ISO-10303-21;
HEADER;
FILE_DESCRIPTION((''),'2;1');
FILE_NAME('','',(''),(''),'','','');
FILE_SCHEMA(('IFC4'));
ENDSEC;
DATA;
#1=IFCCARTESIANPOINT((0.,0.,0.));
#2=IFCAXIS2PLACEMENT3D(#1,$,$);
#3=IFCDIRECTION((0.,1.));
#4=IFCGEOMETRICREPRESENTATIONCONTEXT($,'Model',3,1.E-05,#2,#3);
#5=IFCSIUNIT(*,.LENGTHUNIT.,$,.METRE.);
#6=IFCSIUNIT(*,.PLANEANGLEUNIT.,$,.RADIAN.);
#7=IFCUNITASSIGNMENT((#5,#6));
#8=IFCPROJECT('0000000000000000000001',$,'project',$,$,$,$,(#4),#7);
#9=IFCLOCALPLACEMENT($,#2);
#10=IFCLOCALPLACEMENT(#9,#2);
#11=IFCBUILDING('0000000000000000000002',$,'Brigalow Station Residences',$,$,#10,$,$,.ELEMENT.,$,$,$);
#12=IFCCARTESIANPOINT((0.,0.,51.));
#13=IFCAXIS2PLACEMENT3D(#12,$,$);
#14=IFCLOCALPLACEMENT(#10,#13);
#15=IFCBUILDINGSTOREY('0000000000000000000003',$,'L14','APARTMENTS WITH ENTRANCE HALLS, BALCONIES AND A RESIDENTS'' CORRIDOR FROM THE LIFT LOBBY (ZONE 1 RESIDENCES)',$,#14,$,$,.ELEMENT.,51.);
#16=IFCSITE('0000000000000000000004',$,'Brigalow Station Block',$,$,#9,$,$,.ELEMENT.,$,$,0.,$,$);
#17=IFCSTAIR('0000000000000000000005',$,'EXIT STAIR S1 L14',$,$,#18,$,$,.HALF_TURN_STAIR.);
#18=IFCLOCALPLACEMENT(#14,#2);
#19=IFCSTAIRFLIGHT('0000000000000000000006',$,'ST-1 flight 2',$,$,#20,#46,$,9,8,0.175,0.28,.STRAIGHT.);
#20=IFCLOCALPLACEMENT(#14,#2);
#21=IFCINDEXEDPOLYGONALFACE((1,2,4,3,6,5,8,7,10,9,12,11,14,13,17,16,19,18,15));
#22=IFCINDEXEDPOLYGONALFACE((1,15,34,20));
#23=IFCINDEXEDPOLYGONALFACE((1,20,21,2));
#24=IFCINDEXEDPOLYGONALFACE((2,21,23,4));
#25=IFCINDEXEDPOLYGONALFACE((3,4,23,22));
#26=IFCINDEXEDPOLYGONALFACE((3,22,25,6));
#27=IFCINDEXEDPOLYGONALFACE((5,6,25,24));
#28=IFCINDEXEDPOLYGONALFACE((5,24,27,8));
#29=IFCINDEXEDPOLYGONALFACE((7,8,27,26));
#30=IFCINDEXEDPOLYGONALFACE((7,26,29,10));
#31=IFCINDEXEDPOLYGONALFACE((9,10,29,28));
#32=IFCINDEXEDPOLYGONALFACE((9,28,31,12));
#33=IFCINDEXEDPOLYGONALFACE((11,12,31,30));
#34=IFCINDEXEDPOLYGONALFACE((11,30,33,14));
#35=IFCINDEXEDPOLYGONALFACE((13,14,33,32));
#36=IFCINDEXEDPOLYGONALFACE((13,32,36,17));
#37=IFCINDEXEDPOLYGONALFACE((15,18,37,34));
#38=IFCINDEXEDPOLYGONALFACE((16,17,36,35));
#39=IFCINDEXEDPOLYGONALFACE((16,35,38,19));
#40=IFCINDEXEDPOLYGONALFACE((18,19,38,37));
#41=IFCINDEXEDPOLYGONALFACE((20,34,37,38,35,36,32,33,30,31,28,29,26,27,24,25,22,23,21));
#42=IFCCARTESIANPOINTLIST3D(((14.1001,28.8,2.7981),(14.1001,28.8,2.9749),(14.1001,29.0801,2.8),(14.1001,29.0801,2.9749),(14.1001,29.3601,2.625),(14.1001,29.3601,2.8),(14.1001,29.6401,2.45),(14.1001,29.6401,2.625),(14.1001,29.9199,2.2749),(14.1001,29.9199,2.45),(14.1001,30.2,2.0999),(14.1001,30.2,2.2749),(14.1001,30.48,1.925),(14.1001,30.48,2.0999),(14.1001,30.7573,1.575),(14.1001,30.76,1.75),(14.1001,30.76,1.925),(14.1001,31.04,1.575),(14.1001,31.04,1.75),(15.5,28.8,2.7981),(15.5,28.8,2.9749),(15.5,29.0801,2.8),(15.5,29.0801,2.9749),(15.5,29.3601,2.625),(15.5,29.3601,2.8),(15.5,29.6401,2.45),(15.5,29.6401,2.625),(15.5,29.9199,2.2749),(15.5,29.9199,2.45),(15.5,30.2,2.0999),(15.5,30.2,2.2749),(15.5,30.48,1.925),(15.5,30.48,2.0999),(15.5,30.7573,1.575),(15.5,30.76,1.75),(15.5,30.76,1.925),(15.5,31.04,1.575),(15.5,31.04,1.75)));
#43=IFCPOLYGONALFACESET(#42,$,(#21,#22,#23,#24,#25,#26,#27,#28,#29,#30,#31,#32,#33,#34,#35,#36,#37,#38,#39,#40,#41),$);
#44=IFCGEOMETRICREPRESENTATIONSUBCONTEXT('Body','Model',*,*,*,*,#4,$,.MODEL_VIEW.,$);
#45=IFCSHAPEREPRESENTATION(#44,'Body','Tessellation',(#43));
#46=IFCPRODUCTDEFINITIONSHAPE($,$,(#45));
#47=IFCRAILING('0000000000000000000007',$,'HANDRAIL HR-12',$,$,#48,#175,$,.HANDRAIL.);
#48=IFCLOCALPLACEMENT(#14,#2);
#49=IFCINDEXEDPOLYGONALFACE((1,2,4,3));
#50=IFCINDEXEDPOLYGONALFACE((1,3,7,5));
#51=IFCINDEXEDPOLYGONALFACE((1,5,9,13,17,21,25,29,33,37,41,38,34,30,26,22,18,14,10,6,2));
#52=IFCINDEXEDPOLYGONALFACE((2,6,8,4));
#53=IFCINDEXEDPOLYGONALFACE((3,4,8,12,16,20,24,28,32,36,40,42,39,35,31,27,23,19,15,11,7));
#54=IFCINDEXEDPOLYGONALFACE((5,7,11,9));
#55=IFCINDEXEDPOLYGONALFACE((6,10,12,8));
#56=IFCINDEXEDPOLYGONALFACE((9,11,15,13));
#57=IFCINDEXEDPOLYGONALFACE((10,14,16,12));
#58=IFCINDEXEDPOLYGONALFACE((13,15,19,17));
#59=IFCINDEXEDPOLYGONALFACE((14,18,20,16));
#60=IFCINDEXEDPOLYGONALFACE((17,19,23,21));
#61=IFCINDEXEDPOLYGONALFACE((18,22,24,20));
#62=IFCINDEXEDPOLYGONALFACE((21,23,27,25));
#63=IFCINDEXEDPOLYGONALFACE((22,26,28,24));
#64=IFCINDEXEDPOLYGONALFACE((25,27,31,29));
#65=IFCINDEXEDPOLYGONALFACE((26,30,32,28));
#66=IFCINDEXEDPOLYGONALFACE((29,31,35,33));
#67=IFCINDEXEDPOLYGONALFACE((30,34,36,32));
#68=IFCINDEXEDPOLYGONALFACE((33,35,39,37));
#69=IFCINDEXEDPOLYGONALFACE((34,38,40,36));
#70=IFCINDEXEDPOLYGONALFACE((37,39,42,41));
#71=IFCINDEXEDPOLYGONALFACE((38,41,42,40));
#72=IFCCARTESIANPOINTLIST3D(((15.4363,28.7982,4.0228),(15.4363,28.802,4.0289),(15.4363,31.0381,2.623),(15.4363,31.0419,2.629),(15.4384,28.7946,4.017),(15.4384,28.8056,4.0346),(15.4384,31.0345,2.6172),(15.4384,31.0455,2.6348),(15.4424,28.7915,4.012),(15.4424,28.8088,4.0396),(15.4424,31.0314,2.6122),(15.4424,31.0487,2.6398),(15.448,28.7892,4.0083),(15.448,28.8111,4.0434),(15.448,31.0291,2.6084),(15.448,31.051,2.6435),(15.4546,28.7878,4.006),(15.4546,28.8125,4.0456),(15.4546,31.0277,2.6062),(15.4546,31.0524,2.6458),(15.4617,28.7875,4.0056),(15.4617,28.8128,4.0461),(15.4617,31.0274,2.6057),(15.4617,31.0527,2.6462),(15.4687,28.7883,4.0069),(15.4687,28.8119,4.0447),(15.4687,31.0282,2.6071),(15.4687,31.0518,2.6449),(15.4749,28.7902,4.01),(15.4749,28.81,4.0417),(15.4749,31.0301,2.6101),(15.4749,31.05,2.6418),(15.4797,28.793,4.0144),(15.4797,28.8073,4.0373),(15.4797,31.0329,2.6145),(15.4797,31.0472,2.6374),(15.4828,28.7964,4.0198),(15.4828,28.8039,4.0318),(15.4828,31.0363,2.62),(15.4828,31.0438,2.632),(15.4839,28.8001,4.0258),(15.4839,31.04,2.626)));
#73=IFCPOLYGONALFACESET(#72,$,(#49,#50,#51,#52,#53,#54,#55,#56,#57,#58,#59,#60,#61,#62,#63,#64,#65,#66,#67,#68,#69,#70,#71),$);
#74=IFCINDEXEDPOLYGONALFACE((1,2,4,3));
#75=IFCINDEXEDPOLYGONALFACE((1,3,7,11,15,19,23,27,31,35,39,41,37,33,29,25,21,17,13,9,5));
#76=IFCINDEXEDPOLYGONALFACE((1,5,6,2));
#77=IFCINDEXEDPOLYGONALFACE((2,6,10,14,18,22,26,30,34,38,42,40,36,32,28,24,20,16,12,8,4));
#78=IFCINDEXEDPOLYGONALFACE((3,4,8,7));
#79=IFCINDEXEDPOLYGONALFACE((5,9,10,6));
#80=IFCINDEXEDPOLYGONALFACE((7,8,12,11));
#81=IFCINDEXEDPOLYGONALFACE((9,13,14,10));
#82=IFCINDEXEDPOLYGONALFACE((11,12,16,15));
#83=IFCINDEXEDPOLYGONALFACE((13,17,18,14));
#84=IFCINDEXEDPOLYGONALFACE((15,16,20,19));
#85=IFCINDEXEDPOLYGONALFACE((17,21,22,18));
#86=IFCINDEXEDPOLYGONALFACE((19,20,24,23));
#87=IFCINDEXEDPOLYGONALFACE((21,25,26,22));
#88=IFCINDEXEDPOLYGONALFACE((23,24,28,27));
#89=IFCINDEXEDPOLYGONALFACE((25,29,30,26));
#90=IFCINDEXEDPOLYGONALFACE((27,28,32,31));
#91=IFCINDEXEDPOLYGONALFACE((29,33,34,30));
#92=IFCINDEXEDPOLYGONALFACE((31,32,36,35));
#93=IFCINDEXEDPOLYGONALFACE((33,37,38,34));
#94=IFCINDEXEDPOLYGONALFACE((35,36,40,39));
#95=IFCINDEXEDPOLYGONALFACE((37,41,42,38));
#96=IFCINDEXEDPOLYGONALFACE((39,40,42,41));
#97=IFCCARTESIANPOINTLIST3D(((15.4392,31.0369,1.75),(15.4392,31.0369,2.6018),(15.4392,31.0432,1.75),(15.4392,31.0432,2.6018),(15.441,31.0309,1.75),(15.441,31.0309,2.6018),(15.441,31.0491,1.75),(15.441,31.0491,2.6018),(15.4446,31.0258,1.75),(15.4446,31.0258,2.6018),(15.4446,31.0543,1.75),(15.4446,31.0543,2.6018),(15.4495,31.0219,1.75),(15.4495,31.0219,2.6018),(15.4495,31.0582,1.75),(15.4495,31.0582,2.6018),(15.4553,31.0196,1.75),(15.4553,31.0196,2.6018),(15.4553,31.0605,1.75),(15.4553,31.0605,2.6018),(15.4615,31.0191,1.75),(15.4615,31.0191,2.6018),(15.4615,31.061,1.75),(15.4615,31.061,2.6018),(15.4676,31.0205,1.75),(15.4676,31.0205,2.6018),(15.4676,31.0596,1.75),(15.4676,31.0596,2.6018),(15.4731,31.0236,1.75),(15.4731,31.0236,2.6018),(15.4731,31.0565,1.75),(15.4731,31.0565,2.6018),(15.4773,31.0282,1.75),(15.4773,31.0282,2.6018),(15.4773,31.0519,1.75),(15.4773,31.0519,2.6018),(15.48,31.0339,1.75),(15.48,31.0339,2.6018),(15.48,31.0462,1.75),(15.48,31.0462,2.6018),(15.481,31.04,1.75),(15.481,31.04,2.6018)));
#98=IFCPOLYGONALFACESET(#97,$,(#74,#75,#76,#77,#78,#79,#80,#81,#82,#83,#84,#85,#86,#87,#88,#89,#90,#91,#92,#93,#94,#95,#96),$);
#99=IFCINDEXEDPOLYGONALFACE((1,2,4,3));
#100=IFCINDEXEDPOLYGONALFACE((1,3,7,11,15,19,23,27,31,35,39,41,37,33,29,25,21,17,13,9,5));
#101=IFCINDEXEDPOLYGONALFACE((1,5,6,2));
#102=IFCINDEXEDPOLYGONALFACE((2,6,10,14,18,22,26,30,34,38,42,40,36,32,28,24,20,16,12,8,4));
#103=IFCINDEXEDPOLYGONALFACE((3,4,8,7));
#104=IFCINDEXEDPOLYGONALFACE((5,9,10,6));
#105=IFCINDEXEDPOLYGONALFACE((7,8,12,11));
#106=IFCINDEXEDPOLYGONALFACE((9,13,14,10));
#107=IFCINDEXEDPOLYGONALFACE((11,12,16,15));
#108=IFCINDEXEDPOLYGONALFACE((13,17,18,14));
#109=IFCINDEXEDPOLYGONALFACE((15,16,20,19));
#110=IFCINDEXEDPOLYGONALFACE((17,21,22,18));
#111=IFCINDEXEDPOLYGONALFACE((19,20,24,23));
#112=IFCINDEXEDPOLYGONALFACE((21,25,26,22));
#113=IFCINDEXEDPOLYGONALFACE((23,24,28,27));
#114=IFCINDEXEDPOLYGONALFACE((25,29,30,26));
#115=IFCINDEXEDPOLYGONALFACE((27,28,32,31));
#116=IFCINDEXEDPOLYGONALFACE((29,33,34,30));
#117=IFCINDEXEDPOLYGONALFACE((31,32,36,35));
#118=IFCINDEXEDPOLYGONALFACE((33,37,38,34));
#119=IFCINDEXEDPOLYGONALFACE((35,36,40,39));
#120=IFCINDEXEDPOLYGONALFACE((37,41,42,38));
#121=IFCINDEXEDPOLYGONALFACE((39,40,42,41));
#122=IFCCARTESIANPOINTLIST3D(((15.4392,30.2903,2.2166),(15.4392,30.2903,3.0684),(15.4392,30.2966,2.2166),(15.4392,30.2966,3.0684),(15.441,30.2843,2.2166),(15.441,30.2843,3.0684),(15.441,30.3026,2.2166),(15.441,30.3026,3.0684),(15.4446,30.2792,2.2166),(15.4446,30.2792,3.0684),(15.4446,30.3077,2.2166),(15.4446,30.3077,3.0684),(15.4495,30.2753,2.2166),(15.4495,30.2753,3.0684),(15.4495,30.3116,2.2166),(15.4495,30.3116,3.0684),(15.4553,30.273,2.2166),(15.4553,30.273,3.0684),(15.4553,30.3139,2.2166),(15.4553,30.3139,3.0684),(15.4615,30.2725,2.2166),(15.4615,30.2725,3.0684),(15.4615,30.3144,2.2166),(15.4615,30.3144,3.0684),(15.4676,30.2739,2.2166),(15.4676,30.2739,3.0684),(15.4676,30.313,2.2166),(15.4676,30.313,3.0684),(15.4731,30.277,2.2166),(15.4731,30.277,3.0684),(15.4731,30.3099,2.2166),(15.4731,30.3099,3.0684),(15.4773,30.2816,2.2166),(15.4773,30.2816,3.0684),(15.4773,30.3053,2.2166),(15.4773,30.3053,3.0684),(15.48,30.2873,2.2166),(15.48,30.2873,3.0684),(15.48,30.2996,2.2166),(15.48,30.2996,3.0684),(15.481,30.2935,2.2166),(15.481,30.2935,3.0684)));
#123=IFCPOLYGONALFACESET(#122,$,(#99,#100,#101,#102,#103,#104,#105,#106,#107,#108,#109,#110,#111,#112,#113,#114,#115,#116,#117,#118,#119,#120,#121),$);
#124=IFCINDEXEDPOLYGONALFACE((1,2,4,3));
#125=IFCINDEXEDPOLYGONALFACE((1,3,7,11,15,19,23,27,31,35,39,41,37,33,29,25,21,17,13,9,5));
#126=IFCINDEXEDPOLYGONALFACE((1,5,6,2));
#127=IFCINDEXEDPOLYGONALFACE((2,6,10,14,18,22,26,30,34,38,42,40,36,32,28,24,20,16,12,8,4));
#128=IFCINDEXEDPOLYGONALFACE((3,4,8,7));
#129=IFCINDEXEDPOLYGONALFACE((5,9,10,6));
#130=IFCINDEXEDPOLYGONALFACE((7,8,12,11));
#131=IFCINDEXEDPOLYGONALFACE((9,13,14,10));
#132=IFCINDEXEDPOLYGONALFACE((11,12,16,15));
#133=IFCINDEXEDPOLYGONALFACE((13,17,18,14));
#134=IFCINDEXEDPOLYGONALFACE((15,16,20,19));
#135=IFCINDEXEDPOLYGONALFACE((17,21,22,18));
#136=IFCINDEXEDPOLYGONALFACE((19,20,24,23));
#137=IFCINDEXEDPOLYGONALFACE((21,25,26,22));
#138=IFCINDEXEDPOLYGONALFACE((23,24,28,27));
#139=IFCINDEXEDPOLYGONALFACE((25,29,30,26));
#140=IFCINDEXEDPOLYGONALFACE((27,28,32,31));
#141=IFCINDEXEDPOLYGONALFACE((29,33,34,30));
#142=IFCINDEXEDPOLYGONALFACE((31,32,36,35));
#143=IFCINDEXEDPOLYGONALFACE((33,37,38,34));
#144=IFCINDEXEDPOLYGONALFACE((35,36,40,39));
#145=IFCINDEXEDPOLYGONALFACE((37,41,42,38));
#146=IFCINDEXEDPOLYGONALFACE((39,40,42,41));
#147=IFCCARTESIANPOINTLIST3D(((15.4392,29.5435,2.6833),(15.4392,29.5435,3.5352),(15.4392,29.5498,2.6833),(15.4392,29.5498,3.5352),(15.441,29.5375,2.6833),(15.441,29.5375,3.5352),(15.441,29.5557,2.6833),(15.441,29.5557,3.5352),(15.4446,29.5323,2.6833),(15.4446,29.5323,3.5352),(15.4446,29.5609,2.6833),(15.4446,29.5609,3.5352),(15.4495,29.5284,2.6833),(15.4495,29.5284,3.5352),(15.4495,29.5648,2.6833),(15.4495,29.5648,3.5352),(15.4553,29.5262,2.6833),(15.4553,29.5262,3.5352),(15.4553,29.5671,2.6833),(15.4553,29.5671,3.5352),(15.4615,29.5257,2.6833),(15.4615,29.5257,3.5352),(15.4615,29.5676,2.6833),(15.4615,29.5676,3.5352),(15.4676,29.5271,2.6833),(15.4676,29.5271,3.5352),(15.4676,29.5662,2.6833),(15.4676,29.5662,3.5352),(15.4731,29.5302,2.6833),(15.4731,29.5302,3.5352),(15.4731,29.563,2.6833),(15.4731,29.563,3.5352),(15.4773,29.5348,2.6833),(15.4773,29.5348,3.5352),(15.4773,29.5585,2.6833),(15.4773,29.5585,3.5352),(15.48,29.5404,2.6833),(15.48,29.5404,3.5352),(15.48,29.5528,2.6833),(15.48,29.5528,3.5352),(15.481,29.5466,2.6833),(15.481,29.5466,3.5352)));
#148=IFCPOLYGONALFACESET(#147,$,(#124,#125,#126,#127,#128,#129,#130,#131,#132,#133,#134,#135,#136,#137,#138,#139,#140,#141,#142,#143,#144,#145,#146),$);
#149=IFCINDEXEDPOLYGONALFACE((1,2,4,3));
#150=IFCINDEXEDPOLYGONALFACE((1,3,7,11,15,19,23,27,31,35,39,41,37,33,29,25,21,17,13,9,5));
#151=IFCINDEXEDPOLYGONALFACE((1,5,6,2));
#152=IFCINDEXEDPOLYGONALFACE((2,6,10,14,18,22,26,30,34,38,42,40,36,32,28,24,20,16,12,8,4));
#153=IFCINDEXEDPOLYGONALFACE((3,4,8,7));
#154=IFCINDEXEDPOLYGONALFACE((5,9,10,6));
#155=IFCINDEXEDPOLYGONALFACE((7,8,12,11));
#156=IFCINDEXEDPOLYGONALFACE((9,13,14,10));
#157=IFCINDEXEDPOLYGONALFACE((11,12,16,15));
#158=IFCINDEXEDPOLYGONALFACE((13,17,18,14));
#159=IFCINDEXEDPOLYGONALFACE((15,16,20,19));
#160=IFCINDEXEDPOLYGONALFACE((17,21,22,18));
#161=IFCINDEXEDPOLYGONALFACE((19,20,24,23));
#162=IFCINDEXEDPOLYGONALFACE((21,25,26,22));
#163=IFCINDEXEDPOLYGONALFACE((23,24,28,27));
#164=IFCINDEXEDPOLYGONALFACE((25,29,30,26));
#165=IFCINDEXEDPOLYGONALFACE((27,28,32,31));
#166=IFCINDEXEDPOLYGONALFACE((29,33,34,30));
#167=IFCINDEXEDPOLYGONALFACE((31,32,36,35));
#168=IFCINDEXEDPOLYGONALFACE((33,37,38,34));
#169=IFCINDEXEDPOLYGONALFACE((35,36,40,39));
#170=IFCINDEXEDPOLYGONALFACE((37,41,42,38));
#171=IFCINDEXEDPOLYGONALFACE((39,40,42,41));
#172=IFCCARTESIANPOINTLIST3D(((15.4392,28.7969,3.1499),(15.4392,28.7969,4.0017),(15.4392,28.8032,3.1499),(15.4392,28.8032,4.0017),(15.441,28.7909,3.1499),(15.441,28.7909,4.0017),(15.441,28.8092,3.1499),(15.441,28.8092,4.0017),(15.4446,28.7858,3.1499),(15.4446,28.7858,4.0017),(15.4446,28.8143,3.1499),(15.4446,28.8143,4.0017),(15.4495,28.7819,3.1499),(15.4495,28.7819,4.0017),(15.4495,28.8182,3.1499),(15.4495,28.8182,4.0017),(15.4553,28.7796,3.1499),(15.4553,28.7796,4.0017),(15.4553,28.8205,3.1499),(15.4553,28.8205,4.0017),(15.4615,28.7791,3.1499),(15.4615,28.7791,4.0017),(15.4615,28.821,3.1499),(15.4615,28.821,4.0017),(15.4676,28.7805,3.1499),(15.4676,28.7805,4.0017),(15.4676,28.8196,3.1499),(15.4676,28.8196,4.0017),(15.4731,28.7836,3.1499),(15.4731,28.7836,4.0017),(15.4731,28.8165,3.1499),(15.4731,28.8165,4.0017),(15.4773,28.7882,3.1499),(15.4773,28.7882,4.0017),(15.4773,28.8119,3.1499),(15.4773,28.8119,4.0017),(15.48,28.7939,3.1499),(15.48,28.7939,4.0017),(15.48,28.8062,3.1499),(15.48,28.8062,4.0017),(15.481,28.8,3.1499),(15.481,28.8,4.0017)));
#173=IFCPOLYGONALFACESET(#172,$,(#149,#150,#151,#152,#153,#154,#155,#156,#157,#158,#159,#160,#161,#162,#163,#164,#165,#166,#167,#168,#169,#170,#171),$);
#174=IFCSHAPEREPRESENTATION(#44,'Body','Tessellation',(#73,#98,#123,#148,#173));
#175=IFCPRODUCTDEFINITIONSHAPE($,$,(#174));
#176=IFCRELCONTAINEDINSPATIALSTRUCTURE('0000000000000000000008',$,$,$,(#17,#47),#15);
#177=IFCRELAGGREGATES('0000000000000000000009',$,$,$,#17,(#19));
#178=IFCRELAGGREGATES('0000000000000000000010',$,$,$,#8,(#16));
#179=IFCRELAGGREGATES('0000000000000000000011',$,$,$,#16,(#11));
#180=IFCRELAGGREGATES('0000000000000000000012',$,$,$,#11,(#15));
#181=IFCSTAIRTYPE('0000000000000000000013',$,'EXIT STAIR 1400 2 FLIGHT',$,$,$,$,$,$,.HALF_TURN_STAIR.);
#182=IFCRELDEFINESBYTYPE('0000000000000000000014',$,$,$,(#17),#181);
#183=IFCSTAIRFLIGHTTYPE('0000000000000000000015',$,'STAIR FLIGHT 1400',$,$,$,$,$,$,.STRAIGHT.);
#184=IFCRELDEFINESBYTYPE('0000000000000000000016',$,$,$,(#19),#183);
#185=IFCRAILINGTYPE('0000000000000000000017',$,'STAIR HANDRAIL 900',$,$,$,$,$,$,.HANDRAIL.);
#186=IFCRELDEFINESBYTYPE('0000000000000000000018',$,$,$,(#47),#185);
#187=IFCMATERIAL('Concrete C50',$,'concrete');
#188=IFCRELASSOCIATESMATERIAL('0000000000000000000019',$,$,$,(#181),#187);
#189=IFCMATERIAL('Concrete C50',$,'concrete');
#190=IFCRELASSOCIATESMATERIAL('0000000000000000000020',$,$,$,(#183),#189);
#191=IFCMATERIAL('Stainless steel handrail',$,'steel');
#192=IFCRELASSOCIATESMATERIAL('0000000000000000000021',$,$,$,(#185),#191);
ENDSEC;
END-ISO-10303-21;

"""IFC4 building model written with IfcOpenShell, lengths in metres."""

from ifc_helpers import new_model, si_unit, direction, frame, origin, origin_2d, place, context, subcontext, project, spatial, polyline, circle, outline, extrude, material, type_object, element, aggregate, save


model = new_model("IFC4")

# Units and contexts
model_context = context("Model", 3, precision=1e-05, world=origin(), true_north=direction((0.0, 1.0)))
body_context = subcontext(model_context, "Body", "Model", "MODEL_VIEW")
ifc_project = project(units=[si_unit("LENGTHUNIT", "METRE"), si_unit("PLANEANGLEUNIT", "RADIAN")], contexts=[model_context])

# Site, building, storey
site_placement = place(None, origin())
site = spatial("IfcSite", under=ifc_project, at=site_placement, Name="Brigalow Station Block", CompositionType="ELEMENT", RefElevation=0.0)
building_placement = place(site_placement, origin())
building = spatial("IfcBuilding", under=site, at=building_placement, Name="Brigalow Station Residences", CompositionType="ELEMENT")
storey_placement = place(building_placement, frame((0.0, 0.0, 51.0)))
storey = spatial("IfcBuildingStorey", under=building, at=storey_placement, Name="L14", Description="APARTMENTS WITH ENTRANCE HALLS, BALCONIES AND A RESIDENTS' CORRIDOR FROM THE LIFT LOBBY (ZONE 1 RESIDENCES)", CompositionType="ELEMENT", Elevation=51.0)

# Stair, stair flight
ifc_material_1 = material(Name="Concrete C50", Category="concrete")
stair_type = type_object("IfcStairType", Name="EXIT STAIR 1400 2 FLIGHT", PredefinedType="HALF_TURN_STAIR", material=ifc_material_1)
stair_placement = place(storey_placement, origin())
stair = element("IfcStair", 1, at=stair_placement, inside=storey, type_object=stair_type, Name="EXIT STAIR S1 L14", PredefinedType="HALF_TURN_STAIR")
ifc_material_2 = material(Name="Concrete C50", Category="concrete")
stair_flight_type = type_object("IfcStairFlightType", Name="STAIR FLIGHT 1400", PredefinedType="STRAIGHT", material=ifc_material_2)
stair_flight_placement = place(storey_placement, frame((14.8, 31.04, 1.575), z_axis=(0.0, 0.0, 1.0), x_axis=(0.0, -1.0, 0.0)))
stair_flight = element("IfcStairFlight", 2, at=stair_flight_placement, type_object=stair_flight_type, Name="ST-1 flight 2", NumberOfRisers=9, NumberOfTreads=8, PredefinedType="STRAIGHT", RiserHeight=0.175, TreadLength=0.28, context=body_context, shape_type="SweptSolid", body=[
    extrude(outline(polyline([(0.0, 0.0), (0.0, 0.175), (0.28, 0.175), (0.28, 0.3501), (0.5601, 0.3501), (0.5601, 0.5249), (0.8401, 0.5249), (0.8401, 0.7), (1.1201, 0.7), (1.1201, 0.875), (1.3999, 0.875), (1.3999, 1.05), (1.6799, 1.05), (1.6799, 1.2251), (1.96, 1.2251), (1.96, 1.3999), (2.24, 1.3999), (2.24, 1.575), (2.24, 1.2231), (0.2827, 0.0), (0.0, 0.0)])), frame((0.0, 0.7, 0.0), z_axis=(0.0, -1.0, 0.0), x_axis=(1.0, 0.0, 0.0)), (0.0, 0.0, 1.0), 1.3999),
])
aggregate(stair, [stair_flight])

# Railing
ifc_material_3 = material(Name="Stainless steel handrail", Category="steel")
railing_type_1 = type_object("IfcRailingType", Name="STAIR HANDRAIL 900", PredefinedType="HANDRAIL", material=ifc_material_3)
railing_1_placement = place(storey_placement, frame((15.46, 31.04, 1.75)))
element("IfcRailing", 3, at=railing_1_placement, inside=storey, type_object=railing_type_1, Name="HANDRAIL HR-12", PredefinedType="HANDRAIL", context=body_context, shape_type="SweptSolid", body=[
    extrude(circle(Radius=0.0239, at=origin_2d()), frame((0.0, 0.0, 0.876), z_axis=(0.0, -0.848014, 0.529974), x_axis=(1.0, 0.0, 0.0)), (0.0, 0.0, 1.0), 2.6414),
    extrude(circle(Radius=0.021, at=origin_2d()), origin(), (0.0, 0.0, 1.0), 0.8518),
    extrude(circle(Radius=0.021, at=origin_2d()), frame((0.0, -0.7466, 0.4666)), (0.0, 0.0, 1.0), 0.8518),
    extrude(circle(Radius=0.021, at=origin_2d()), frame((0.0, -1.4934, 0.9333)), (0.0, 0.0, 1.0), 0.8518),
    extrude(circle(Radius=0.021, at=origin_2d()), frame((0.0, -2.24, 1.3999)), (0.0, 0.0, 1.0), 0.8518),
])

save(model, "model.ifc")
